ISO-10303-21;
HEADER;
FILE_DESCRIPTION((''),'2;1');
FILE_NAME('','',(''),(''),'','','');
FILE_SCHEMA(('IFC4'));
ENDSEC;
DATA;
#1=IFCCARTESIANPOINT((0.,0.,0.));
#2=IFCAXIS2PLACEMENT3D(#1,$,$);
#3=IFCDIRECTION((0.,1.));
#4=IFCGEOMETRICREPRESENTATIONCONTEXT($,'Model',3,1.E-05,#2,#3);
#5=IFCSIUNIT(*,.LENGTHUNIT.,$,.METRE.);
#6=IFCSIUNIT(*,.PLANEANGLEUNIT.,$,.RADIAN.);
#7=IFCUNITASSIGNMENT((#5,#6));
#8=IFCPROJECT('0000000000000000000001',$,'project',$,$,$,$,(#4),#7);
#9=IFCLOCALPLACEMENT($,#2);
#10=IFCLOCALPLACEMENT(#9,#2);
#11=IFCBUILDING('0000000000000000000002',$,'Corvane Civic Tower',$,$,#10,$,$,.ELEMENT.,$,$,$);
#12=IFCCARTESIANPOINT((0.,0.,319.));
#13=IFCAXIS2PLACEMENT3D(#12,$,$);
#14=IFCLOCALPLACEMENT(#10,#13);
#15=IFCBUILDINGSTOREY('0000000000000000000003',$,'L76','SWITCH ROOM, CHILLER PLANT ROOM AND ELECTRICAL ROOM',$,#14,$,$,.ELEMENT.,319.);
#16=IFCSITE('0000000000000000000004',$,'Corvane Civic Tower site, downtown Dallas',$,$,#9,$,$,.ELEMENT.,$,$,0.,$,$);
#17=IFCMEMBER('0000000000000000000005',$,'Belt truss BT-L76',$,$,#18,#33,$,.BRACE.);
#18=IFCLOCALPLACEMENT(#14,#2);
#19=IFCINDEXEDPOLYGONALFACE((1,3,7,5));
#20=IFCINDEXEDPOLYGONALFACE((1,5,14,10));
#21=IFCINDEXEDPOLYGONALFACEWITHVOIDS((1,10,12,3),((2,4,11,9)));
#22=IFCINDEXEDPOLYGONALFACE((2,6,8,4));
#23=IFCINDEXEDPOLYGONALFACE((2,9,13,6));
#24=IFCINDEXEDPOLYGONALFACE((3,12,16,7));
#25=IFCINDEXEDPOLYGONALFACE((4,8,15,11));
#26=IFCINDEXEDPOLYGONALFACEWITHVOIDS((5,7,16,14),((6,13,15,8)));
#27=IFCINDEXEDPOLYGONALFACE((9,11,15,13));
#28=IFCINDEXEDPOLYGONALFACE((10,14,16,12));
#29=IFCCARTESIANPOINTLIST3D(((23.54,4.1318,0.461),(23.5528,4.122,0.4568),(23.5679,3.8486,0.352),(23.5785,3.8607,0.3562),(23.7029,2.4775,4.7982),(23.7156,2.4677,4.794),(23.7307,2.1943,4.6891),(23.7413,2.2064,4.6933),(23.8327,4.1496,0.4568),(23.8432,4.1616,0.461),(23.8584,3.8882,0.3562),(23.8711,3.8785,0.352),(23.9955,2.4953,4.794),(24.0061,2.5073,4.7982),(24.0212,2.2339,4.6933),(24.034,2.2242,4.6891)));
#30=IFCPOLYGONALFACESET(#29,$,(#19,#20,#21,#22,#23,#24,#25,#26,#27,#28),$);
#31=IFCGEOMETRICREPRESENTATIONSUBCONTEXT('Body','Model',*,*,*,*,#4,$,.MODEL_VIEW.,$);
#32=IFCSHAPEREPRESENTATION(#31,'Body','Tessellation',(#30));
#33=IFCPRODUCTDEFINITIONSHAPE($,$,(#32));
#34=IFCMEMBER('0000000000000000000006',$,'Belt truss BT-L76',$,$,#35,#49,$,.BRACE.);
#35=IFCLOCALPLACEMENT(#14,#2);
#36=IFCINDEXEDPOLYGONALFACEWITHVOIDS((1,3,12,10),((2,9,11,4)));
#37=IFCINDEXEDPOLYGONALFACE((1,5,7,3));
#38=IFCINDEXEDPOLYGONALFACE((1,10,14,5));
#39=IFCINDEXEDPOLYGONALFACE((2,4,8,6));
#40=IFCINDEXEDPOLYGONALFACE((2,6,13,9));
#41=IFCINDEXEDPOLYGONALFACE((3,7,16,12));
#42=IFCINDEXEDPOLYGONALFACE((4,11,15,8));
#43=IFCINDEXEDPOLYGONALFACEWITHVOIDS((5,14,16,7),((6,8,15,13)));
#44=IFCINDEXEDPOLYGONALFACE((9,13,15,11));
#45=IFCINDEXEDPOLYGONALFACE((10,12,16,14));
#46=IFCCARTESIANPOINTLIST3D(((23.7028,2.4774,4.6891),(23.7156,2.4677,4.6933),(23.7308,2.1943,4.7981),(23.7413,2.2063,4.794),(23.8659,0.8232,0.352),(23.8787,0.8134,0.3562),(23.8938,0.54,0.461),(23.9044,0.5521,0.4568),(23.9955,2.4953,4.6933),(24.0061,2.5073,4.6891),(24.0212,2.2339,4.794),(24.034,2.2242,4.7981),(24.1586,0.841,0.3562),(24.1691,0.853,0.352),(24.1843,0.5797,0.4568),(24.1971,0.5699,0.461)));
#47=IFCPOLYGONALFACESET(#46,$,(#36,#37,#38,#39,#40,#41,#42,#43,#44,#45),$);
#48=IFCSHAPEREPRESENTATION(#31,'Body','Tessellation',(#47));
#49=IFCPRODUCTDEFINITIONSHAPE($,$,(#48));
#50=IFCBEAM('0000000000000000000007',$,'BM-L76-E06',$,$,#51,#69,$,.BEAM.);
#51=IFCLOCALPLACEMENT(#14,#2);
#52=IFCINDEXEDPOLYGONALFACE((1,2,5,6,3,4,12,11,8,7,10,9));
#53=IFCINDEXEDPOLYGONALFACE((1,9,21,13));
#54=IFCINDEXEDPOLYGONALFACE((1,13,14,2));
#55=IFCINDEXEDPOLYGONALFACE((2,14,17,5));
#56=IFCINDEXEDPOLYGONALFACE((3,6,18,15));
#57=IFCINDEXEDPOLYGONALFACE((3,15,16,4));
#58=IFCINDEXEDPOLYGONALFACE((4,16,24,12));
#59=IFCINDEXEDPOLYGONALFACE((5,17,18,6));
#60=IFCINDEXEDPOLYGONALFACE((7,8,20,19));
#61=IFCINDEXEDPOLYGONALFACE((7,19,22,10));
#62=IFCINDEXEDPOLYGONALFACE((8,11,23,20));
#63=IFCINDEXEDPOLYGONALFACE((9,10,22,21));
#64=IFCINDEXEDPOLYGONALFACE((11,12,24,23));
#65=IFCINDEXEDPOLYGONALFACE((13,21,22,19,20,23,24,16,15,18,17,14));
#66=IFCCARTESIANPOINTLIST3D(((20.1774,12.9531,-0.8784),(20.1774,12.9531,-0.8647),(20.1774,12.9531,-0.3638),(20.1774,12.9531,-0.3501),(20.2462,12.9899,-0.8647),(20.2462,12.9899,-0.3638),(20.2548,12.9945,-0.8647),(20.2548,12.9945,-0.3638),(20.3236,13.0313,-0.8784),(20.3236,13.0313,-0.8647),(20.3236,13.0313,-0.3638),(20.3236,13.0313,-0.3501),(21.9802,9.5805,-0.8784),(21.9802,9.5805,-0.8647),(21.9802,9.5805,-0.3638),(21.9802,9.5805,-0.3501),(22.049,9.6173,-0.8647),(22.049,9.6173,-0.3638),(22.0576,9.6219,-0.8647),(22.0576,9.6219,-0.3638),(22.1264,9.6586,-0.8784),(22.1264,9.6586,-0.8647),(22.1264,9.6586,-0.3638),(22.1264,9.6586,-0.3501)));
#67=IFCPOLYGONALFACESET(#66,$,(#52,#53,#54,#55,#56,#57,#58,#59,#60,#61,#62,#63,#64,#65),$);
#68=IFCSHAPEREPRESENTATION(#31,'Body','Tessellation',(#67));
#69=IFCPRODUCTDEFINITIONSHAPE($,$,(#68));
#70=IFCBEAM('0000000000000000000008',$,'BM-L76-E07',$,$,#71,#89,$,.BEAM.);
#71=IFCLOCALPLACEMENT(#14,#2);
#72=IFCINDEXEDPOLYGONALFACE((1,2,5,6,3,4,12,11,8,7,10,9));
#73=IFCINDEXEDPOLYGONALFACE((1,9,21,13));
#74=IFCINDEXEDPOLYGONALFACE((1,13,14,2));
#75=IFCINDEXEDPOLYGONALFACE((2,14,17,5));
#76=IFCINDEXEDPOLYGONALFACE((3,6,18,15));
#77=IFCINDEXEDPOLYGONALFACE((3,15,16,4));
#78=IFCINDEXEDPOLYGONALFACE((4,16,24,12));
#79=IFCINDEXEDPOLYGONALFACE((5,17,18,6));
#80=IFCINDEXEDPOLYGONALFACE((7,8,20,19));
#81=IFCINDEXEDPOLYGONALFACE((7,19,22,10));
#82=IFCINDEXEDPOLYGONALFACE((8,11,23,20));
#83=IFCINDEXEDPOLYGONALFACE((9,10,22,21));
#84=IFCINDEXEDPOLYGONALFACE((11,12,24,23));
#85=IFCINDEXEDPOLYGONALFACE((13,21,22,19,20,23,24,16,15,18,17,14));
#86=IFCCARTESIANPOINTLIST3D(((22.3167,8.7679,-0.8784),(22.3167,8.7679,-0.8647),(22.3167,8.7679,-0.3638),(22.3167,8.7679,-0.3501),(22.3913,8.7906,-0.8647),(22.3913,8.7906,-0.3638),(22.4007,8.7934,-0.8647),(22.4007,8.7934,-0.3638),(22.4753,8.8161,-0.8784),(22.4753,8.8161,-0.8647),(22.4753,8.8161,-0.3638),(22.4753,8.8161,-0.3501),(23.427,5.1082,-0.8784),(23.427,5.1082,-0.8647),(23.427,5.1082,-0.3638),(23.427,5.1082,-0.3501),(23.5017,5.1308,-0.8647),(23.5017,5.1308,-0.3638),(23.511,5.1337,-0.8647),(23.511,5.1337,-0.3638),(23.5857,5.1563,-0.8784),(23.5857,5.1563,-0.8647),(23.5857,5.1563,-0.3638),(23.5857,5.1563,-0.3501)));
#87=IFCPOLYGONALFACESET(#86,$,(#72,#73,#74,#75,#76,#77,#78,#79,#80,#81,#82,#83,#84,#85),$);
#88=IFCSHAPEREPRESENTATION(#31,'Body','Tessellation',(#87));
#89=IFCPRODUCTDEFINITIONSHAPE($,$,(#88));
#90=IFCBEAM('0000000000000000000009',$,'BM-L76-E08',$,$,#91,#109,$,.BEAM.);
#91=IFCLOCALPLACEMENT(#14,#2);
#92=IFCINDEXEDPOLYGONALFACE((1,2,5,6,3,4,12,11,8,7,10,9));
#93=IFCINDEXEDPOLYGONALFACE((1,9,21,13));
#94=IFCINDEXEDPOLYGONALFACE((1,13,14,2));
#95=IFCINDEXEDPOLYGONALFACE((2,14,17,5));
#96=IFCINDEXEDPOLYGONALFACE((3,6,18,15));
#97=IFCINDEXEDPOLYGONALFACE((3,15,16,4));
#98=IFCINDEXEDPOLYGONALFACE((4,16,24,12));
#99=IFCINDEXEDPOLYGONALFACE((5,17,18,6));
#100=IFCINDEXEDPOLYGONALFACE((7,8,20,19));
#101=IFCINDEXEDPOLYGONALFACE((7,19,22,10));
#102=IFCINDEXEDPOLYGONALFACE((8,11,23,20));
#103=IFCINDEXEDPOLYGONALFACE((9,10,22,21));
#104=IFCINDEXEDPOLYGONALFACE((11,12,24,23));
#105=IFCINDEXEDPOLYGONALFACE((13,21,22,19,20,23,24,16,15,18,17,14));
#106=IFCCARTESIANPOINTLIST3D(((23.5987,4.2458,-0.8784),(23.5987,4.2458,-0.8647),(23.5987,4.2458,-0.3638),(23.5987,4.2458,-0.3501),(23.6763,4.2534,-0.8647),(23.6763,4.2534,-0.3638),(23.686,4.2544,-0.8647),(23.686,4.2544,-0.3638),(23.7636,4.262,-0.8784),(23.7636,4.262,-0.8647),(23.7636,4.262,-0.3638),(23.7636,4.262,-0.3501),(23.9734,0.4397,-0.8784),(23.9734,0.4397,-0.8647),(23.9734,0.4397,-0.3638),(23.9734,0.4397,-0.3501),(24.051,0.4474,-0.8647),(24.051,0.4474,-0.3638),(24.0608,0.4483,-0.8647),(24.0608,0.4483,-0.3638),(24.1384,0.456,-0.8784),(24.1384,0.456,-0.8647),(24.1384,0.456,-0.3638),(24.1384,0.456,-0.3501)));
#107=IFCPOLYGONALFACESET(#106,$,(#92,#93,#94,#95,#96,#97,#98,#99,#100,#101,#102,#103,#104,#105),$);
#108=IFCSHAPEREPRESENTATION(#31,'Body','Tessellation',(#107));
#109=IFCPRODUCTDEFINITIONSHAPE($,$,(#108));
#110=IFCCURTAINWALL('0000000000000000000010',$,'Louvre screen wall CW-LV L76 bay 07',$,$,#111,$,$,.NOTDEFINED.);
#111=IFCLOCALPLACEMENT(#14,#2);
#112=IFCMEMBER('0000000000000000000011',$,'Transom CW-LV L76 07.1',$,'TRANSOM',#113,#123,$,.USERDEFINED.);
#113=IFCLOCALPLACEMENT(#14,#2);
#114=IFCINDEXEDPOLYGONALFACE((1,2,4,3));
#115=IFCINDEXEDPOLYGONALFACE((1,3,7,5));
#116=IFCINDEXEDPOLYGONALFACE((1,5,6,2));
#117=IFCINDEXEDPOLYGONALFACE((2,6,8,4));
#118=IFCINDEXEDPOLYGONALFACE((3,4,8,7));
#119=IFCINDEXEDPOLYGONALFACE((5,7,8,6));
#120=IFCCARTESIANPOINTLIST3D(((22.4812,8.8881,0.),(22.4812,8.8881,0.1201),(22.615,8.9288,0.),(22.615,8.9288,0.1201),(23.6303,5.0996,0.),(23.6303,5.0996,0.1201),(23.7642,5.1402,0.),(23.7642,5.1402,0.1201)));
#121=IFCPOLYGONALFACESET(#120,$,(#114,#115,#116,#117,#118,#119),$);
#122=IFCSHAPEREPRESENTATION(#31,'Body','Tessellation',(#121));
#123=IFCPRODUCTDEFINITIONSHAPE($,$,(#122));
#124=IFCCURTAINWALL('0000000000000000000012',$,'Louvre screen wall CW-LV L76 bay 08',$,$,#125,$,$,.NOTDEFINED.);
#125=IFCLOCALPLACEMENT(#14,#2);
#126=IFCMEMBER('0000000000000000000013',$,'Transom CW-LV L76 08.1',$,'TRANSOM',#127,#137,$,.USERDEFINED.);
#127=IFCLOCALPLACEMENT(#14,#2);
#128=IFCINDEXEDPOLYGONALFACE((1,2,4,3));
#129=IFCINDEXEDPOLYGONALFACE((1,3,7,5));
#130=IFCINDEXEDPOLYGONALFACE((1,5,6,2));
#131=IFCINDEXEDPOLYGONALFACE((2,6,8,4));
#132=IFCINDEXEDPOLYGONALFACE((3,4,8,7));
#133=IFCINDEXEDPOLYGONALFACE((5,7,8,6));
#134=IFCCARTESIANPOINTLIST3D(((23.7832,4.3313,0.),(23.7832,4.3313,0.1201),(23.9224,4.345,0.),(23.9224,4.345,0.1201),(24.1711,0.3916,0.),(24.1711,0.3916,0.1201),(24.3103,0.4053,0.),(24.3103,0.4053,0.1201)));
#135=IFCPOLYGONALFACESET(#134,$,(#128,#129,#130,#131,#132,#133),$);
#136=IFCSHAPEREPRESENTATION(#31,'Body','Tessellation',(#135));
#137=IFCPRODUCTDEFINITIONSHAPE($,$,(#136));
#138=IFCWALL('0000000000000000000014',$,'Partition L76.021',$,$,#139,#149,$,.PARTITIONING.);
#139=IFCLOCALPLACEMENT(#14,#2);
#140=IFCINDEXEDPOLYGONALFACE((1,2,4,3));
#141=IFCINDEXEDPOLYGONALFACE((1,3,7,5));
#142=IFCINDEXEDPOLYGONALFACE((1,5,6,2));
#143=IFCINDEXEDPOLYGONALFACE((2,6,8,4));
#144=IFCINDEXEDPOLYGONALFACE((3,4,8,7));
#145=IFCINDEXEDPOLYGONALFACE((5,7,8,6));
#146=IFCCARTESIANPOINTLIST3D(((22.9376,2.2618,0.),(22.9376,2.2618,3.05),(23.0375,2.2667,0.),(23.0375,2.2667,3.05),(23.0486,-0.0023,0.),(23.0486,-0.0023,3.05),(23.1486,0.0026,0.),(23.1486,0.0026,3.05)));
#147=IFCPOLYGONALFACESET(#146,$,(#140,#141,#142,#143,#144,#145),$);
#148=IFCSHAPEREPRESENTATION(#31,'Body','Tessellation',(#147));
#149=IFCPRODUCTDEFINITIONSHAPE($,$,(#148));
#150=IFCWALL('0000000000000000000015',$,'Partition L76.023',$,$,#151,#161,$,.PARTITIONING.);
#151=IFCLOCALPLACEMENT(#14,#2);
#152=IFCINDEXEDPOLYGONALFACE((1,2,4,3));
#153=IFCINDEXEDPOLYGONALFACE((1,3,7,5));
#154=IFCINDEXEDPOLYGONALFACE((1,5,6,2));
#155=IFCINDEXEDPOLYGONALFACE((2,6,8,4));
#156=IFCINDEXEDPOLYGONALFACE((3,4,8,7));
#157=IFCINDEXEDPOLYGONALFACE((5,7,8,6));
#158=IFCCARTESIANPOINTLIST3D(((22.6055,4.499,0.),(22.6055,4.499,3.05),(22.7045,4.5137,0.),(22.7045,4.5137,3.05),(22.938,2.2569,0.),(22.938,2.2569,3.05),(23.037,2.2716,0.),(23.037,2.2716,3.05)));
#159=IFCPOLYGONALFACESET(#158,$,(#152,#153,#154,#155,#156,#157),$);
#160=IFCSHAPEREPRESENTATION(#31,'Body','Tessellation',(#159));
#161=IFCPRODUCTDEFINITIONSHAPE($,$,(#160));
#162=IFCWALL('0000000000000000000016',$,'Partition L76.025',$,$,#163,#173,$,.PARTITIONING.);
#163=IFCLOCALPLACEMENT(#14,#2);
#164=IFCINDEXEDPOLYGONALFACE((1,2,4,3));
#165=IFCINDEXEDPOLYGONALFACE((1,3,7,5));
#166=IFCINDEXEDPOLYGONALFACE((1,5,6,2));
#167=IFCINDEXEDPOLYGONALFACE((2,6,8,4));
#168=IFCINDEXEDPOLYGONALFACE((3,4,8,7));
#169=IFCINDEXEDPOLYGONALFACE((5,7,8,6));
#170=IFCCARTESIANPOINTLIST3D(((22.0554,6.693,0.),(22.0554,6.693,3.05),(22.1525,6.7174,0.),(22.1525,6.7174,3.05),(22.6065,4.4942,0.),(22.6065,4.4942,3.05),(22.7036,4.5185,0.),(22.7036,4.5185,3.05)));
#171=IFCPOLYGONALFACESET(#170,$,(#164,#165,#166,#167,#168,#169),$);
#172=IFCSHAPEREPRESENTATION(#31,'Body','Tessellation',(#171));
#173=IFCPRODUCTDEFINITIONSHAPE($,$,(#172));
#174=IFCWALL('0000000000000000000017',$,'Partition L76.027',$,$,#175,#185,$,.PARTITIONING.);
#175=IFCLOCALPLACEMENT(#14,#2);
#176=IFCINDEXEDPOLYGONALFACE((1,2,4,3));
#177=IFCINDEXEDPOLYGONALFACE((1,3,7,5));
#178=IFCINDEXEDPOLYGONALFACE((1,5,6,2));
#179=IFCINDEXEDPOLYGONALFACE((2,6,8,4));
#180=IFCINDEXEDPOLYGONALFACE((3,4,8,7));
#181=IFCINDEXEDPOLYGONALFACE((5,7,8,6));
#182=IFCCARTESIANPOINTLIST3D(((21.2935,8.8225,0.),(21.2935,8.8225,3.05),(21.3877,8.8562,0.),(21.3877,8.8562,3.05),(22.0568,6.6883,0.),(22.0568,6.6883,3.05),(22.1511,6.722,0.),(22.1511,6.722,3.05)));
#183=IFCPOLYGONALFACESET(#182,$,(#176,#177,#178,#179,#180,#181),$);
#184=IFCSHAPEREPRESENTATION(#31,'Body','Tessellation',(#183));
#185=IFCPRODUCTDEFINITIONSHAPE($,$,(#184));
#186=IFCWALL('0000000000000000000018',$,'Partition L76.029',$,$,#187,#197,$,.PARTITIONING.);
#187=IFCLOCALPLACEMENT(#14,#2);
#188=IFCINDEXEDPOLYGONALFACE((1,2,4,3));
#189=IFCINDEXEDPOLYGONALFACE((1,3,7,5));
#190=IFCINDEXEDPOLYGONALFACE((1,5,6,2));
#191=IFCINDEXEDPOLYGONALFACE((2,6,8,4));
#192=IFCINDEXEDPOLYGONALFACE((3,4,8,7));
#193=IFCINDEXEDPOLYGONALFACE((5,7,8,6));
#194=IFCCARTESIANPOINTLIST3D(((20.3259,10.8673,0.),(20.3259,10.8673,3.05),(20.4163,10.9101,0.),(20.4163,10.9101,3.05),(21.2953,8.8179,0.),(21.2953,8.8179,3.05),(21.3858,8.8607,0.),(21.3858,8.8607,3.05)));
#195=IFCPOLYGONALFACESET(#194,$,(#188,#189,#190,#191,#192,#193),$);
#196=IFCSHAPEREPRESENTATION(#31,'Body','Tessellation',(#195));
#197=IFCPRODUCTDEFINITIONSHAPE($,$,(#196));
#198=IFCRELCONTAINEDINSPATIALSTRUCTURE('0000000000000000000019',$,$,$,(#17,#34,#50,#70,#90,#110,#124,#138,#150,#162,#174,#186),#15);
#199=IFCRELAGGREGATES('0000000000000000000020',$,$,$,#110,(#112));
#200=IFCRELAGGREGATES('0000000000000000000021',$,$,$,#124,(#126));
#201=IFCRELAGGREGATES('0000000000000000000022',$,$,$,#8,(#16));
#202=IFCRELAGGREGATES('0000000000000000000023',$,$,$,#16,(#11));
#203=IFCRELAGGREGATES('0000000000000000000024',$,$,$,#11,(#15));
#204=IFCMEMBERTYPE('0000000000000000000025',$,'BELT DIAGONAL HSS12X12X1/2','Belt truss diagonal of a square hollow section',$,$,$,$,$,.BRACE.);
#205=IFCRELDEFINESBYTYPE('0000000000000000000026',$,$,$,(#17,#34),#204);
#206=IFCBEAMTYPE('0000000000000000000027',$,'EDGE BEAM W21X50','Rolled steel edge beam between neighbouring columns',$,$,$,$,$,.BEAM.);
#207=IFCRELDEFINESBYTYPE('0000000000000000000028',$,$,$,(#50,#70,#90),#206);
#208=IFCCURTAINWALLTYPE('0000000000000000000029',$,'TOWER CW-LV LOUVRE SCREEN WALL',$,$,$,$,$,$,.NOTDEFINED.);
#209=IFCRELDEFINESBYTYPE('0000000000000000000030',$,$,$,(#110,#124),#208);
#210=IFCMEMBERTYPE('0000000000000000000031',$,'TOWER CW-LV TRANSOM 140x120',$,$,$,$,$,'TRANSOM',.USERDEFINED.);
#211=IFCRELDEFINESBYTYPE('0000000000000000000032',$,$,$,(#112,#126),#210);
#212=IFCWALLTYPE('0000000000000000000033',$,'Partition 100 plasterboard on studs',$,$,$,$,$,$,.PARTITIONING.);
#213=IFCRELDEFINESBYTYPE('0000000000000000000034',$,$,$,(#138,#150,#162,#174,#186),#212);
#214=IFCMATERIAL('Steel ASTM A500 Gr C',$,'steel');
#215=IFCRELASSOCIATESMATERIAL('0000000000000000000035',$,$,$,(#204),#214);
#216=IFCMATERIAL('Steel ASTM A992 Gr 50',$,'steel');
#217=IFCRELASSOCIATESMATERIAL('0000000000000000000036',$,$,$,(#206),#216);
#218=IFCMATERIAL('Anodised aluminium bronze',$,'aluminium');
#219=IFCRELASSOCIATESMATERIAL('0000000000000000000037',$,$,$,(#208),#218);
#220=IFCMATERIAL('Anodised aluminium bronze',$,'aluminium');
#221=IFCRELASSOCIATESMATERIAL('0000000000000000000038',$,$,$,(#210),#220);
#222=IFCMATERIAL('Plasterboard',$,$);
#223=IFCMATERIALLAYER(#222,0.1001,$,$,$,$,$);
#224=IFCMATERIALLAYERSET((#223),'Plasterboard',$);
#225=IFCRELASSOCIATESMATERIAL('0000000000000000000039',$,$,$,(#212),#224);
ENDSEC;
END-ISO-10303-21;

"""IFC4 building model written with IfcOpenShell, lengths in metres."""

from ifc_helpers import new_model, si_unit, direction, frame, frame_2d, origin, origin_2d, place, context, subcontext, project, spatial, rectangle, hollow_rectangle, i_section, extrude, material, layer, layer_set, material_profile, profile_set, type_object, element, aggregate, save


model = new_model("IFC4")

# Units and contexts
model_context = context("Model", 3, precision=1e-05, world=origin(), true_north=direction((0.0, 1.0)))
body_context = subcontext(model_context, "Body", "Model", "MODEL_VIEW")
ifc_project = project(units=[si_unit("LENGTHUNIT", "METRE"), si_unit("PLANEANGLEUNIT", "RADIAN")], contexts=[model_context])

# Site, building, storey
site_placement = place(None, origin())
site = spatial("IfcSite", under=ifc_project, at=site_placement, Name="Corvane Civic Tower site, downtown Dallas", CompositionType="ELEMENT", RefElevation=0.0)
building_placement = place(site_placement, origin())
building = spatial("IfcBuilding", under=site, at=building_placement, Name="Corvane Civic Tower", CompositionType="ELEMENT")
storey_placement = place(building_placement, frame((0.0, 0.0, 319.0)))
storey = spatial("IfcBuildingStorey", under=building, at=storey_placement, Name="L76", Description="SWITCH ROOM, CHILLER PLANT ROOM AND ELECTRICAL ROOM", CompositionType="ELEMENT", Elevation=319.0)

# Members
ifc_material_1 = material(Name="Steel ASTM A500 Gr C", Category="steel")
ifc_material_profile_1 = material_profile(ifc_material_1, hollow_rectangle(XDim=0.3047, YDim=0.3047, WallThickness=0.0117, at=origin_2d()), Name="HSS12X12X1/2")
ifc_profile_set_1 = profile_set([ifc_material_profile_1], Name="Steel ASTM A500 Gr C")
member_type_1 = type_object("IfcMemberType", Name="BELT DIAGONAL HSS12X12X1/2", Description="Belt truss diagonal of a square hollow section", PredefinedType="BRACE", material=ifc_profile_set_1)
for number, where, z_axis, x_axis, name in (
    (1, (23.7056, 4.0051, 0.4065), (0.035059, -0.356161, 0.933767), (0.99519, 0.097962, 0.0), "Belt truss BT-L76"),
    (2, (24.0315, 0.6965, 0.4065), (-0.035111, 0.35616, 0.933765), (-0.995176, -0.098108, 0.0), "Belt truss BT-L76"),
):
    element("IfcMember", number, at=place(storey_placement, frame(where, z_axis=z_axis, x_axis=x_axis)), inside=storey, type_object=member_type_1, Name=name, PredefinedType="BRACE", context=body_context, shape_type="SweptSolid", body=[
        extrude(hollow_rectangle(XDim=0.3047, YDim=0.3047, WallThickness=0.0117, at=origin_2d()), origin(), (0.0, 0.0, 1.0), 4.6448),
    ])

# Beams
ifc_material_2 = material(Name="Steel ASTM A992 Gr 50", Category="steel")
ifc_material_profile_2 = material_profile(ifc_material_2, i_section(OverallWidth=0.1658, OverallDepth=0.5283, WebThickness=0.0098, FlangeThickness=0.0137, at=origin_2d()), Name="W21X50")
ifc_profile_set_2 = profile_set([ifc_material_profile_2], Name="Steel ASTM A992 Gr 50")
beam_type = type_object("IfcBeamType", Name="EDGE BEAM W21X50", Description="Rolled steel edge beam between neighbouring columns", PredefinedType="BEAM", material=ifc_profile_set_2)
beam_placement = place(storey_placement, frame((20.2505, 12.9922, -0.6143), z_axis=(0.47141, -0.881914, 0.0), x_axis=(0.881914, 0.47141, 0.0)))
element("IfcBeam", 3, at=beam_placement, inside=storey, type_object=beam_type, Name="BM-L76-E06", PredefinedType="BEAM", context=body_context, shape_type="SweptSolid", body=[
    extrude(i_section(OverallWidth=0.1658, OverallDepth=0.5283, WebThickness=0.0098, FlangeThickness=0.0137, at=origin_2d()), origin(), (0.0, 0.0, 1.0), 3.8242),
])
for number, where, z_axis, x_axis, name in (
    (4, (22.396, 8.792, -0.6143), (0.290333, -0.956926, 0.0), (0.956926, 0.290333, 0.0), "BM-L76-E07"),
    (5, (23.6812, 4.2539, -0.6143), (0.097987, -0.995188, 0.0), (0.995188, 0.097987, 0.0), "BM-L76-E08"),
):
    element("IfcBeam", number, at=place(storey_placement, frame(where, z_axis=z_axis, x_axis=x_axis)), inside=storey, type_object=beam_type, Name=name, PredefinedType="BEAM", context=body_context, shape_type="SweptSolid", body=[
        extrude(i_section(OverallWidth=0.1658, OverallDepth=0.5283, WebThickness=0.0098, FlangeThickness=0.0137, at=origin_2d()), origin(), (0.0, 0.0, 1.0), 3.8245),
    ])

# Curtain walls, members
ifc_material_3 = material(Name="Anodised aluminium bronze", Category="aluminium")
curtain_wall_type = type_object("IfcCurtainWallType", Name="TOWER CW-LV LOUVRE SCREEN WALL", PredefinedType="NOTDEFINED", material=ifc_material_3)
curtain_wall_1_placement = place(storey_placement, origin())
curtain_wall_1 = element("IfcCurtainWall", 6, at=curtain_wall_1_placement, inside=storey, type_object=curtain_wall_type, Name="Louvre screen wall CW-LV L76 bay 07", PredefinedType="NOTDEFINED")
ifc_material_4 = material(Name="Anodised aluminium bronze", Category="aluminium")
ifc_material_profile_3 = material_profile(ifc_material_4, rectangle(XDim=0.1399, YDim=0.1201, at=origin_2d()), Name="TOWER CW-LV TRANSOM 140x120")
ifc_profile_set_3 = profile_set([ifc_material_profile_3], Name="Anodised aluminium bronze")
member_type_2 = type_object("IfcMemberType", Name="TOWER CW-LV TRANSOM 140x120", ElementType="TRANSOM", PredefinedType="USERDEFINED", material=ifc_profile_set_3)
member_1_placement = place(storey_placement, frame((22.5481, 8.9084, 0.0601), z_axis=(0.290266, -0.956946, 0.0), x_axis=(0.956946, 0.290266, 0.0)))
member_1 = element("IfcMember", 7, at=member_1_placement, type_object=member_type_2, Name="Transom CW-LV L76 07.1", ObjectType="TRANSOM", PredefinedType="USERDEFINED", context=body_context, shape_type="SweptSolid", body=[
    extrude(rectangle(XDim=0.1399, YDim=0.1201, at=origin_2d()), origin(), (0.0, 0.0, 1.0), 3.959),
])
curtain_wall_2_placement = place(storey_placement, origin())
curtain_wall_2 = element("IfcCurtainWall", 8, at=curtain_wall_2_placement, inside=storey, type_object=curtain_wall_type, Name="Louvre screen wall CW-LV L76 bay 08", PredefinedType="NOTDEFINED")
member_2_placement = place(storey_placement, frame((23.8528, 4.3381, 0.0601), z_axis=(0.097995, -0.995187, 0.0), x_axis=(0.995187, 0.097995, 0.0)))
member_2 = element("IfcMember", 9, at=member_2_placement, type_object=member_type_2, Name="Transom CW-LV L76 08.1", ObjectType="TRANSOM", PredefinedType="USERDEFINED", context=body_context, shape_type="SweptSolid", body=[
    extrude(rectangle(XDim=0.1399, YDim=0.1201, at=origin_2d()), origin(), (0.0, 0.0, 1.0), 3.9587),
])

# Walls
ifc_material_5 = material(Name="Plasterboard")
ifc_layer = layer(ifc_material_5, 0.1001)
ifc_layer_set = layer_set([ifc_layer], Name="Plasterboard")
wall_type = type_object("IfcWallType", Name="Partition 100 plasterboard on studs", PredefinedType="PARTITIONING", material=ifc_layer_set)
wall_1_placement = place(storey_placement, frame((22.9875, 2.2642, 0.0), z_axis=(0.0, 0.0, 1.0), x_axis=(0.049003, -0.998799, 0.0)))
element("IfcWall", 10, at=wall_1_placement, inside=storey, type_object=wall_type, Name="Partition L76.021", PredefinedType="PARTITIONING", context=body_context, shape_type="SweptSolid", body=[
    extrude(rectangle(XDim=2.2668, YDim=0.1001, at=frame_2d((1.1333, 0.0))), origin(), (0.0, 0.0, 1.0), 3.05),
])
wall_2_placement = place(storey_placement, frame((22.655, 4.5063, 0.0), z_axis=(0.0, 0.0, 1.0), x_axis=(0.146697, -0.989181, 0.0)))
element("IfcWall", 11, at=wall_2_placement, inside=storey, type_object=wall_type, Name="Partition L76.023", PredefinedType="PARTITIONING", context=body_context, shape_type="SweptSolid", body=[
    extrude(rectangle(XDim=2.2666, YDim=0.1001, at=frame_2d((1.1333, 0.0))), origin(), (0.0, 0.0, 1.0), 3.05),
])
wall_3_placement = place(storey_placement, frame((22.104, 6.7051, 0.0), z_axis=(0.0, 0.0, 1.0), x_axis=(0.243093, -0.970003, 0.0)))
element("IfcWall", 12, at=wall_3_placement, inside=storey, type_object=wall_type, Name="Partition L76.025", PredefinedType="PARTITIONING", context=body_context, shape_type="SweptSolid", body=[
    extrude(rectangle(XDim=2.2668, YDim=0.1001, at=frame_2d((1.1333, 0.0))), origin(), (0.0, 0.0, 1.0), 3.05),
])
wall_4_placement = place(storey_placement, frame((21.3406, 8.8394, 0.0), z_axis=(0.0, 0.0, 1.0), x_axis=(0.3368, -0.941576, 0.0)))
element("IfcWall", 13, at=wall_4_placement, inside=storey, type_object=wall_type, Name="Partition L76.027", PredefinedType="PARTITIONING", context=body_context, shape_type="SweptSolid", body=[
    extrude(rectangle(XDim=2.2666, YDim=0.1001, at=frame_2d((1.1333, 0.0))), origin(), (0.0, 0.0, 1.0), 3.05),
])
wall_5_placement = place(storey_placement, frame((20.3711, 10.8887, 0.0), z_axis=(0.0, 0.0, 1.0), x_axis=(0.427637, -0.90395, 0.0)))
element("IfcWall", 14, at=wall_5_placement, inside=storey, type_object=wall_type, Name="Partition L76.029", PredefinedType="PARTITIONING", context=body_context, shape_type="SweptSolid", body=[
    extrude(rectangle(XDim=2.2671, YDim=0.1001, at=frame_2d((1.1335, 0.0))), origin(), (0.0, 0.0, 1.0), 3.05),
])

aggregate(curtain_wall_1, [member_1])
aggregate(curtain_wall_2, [member_2])

save(model, "model.ifc")
